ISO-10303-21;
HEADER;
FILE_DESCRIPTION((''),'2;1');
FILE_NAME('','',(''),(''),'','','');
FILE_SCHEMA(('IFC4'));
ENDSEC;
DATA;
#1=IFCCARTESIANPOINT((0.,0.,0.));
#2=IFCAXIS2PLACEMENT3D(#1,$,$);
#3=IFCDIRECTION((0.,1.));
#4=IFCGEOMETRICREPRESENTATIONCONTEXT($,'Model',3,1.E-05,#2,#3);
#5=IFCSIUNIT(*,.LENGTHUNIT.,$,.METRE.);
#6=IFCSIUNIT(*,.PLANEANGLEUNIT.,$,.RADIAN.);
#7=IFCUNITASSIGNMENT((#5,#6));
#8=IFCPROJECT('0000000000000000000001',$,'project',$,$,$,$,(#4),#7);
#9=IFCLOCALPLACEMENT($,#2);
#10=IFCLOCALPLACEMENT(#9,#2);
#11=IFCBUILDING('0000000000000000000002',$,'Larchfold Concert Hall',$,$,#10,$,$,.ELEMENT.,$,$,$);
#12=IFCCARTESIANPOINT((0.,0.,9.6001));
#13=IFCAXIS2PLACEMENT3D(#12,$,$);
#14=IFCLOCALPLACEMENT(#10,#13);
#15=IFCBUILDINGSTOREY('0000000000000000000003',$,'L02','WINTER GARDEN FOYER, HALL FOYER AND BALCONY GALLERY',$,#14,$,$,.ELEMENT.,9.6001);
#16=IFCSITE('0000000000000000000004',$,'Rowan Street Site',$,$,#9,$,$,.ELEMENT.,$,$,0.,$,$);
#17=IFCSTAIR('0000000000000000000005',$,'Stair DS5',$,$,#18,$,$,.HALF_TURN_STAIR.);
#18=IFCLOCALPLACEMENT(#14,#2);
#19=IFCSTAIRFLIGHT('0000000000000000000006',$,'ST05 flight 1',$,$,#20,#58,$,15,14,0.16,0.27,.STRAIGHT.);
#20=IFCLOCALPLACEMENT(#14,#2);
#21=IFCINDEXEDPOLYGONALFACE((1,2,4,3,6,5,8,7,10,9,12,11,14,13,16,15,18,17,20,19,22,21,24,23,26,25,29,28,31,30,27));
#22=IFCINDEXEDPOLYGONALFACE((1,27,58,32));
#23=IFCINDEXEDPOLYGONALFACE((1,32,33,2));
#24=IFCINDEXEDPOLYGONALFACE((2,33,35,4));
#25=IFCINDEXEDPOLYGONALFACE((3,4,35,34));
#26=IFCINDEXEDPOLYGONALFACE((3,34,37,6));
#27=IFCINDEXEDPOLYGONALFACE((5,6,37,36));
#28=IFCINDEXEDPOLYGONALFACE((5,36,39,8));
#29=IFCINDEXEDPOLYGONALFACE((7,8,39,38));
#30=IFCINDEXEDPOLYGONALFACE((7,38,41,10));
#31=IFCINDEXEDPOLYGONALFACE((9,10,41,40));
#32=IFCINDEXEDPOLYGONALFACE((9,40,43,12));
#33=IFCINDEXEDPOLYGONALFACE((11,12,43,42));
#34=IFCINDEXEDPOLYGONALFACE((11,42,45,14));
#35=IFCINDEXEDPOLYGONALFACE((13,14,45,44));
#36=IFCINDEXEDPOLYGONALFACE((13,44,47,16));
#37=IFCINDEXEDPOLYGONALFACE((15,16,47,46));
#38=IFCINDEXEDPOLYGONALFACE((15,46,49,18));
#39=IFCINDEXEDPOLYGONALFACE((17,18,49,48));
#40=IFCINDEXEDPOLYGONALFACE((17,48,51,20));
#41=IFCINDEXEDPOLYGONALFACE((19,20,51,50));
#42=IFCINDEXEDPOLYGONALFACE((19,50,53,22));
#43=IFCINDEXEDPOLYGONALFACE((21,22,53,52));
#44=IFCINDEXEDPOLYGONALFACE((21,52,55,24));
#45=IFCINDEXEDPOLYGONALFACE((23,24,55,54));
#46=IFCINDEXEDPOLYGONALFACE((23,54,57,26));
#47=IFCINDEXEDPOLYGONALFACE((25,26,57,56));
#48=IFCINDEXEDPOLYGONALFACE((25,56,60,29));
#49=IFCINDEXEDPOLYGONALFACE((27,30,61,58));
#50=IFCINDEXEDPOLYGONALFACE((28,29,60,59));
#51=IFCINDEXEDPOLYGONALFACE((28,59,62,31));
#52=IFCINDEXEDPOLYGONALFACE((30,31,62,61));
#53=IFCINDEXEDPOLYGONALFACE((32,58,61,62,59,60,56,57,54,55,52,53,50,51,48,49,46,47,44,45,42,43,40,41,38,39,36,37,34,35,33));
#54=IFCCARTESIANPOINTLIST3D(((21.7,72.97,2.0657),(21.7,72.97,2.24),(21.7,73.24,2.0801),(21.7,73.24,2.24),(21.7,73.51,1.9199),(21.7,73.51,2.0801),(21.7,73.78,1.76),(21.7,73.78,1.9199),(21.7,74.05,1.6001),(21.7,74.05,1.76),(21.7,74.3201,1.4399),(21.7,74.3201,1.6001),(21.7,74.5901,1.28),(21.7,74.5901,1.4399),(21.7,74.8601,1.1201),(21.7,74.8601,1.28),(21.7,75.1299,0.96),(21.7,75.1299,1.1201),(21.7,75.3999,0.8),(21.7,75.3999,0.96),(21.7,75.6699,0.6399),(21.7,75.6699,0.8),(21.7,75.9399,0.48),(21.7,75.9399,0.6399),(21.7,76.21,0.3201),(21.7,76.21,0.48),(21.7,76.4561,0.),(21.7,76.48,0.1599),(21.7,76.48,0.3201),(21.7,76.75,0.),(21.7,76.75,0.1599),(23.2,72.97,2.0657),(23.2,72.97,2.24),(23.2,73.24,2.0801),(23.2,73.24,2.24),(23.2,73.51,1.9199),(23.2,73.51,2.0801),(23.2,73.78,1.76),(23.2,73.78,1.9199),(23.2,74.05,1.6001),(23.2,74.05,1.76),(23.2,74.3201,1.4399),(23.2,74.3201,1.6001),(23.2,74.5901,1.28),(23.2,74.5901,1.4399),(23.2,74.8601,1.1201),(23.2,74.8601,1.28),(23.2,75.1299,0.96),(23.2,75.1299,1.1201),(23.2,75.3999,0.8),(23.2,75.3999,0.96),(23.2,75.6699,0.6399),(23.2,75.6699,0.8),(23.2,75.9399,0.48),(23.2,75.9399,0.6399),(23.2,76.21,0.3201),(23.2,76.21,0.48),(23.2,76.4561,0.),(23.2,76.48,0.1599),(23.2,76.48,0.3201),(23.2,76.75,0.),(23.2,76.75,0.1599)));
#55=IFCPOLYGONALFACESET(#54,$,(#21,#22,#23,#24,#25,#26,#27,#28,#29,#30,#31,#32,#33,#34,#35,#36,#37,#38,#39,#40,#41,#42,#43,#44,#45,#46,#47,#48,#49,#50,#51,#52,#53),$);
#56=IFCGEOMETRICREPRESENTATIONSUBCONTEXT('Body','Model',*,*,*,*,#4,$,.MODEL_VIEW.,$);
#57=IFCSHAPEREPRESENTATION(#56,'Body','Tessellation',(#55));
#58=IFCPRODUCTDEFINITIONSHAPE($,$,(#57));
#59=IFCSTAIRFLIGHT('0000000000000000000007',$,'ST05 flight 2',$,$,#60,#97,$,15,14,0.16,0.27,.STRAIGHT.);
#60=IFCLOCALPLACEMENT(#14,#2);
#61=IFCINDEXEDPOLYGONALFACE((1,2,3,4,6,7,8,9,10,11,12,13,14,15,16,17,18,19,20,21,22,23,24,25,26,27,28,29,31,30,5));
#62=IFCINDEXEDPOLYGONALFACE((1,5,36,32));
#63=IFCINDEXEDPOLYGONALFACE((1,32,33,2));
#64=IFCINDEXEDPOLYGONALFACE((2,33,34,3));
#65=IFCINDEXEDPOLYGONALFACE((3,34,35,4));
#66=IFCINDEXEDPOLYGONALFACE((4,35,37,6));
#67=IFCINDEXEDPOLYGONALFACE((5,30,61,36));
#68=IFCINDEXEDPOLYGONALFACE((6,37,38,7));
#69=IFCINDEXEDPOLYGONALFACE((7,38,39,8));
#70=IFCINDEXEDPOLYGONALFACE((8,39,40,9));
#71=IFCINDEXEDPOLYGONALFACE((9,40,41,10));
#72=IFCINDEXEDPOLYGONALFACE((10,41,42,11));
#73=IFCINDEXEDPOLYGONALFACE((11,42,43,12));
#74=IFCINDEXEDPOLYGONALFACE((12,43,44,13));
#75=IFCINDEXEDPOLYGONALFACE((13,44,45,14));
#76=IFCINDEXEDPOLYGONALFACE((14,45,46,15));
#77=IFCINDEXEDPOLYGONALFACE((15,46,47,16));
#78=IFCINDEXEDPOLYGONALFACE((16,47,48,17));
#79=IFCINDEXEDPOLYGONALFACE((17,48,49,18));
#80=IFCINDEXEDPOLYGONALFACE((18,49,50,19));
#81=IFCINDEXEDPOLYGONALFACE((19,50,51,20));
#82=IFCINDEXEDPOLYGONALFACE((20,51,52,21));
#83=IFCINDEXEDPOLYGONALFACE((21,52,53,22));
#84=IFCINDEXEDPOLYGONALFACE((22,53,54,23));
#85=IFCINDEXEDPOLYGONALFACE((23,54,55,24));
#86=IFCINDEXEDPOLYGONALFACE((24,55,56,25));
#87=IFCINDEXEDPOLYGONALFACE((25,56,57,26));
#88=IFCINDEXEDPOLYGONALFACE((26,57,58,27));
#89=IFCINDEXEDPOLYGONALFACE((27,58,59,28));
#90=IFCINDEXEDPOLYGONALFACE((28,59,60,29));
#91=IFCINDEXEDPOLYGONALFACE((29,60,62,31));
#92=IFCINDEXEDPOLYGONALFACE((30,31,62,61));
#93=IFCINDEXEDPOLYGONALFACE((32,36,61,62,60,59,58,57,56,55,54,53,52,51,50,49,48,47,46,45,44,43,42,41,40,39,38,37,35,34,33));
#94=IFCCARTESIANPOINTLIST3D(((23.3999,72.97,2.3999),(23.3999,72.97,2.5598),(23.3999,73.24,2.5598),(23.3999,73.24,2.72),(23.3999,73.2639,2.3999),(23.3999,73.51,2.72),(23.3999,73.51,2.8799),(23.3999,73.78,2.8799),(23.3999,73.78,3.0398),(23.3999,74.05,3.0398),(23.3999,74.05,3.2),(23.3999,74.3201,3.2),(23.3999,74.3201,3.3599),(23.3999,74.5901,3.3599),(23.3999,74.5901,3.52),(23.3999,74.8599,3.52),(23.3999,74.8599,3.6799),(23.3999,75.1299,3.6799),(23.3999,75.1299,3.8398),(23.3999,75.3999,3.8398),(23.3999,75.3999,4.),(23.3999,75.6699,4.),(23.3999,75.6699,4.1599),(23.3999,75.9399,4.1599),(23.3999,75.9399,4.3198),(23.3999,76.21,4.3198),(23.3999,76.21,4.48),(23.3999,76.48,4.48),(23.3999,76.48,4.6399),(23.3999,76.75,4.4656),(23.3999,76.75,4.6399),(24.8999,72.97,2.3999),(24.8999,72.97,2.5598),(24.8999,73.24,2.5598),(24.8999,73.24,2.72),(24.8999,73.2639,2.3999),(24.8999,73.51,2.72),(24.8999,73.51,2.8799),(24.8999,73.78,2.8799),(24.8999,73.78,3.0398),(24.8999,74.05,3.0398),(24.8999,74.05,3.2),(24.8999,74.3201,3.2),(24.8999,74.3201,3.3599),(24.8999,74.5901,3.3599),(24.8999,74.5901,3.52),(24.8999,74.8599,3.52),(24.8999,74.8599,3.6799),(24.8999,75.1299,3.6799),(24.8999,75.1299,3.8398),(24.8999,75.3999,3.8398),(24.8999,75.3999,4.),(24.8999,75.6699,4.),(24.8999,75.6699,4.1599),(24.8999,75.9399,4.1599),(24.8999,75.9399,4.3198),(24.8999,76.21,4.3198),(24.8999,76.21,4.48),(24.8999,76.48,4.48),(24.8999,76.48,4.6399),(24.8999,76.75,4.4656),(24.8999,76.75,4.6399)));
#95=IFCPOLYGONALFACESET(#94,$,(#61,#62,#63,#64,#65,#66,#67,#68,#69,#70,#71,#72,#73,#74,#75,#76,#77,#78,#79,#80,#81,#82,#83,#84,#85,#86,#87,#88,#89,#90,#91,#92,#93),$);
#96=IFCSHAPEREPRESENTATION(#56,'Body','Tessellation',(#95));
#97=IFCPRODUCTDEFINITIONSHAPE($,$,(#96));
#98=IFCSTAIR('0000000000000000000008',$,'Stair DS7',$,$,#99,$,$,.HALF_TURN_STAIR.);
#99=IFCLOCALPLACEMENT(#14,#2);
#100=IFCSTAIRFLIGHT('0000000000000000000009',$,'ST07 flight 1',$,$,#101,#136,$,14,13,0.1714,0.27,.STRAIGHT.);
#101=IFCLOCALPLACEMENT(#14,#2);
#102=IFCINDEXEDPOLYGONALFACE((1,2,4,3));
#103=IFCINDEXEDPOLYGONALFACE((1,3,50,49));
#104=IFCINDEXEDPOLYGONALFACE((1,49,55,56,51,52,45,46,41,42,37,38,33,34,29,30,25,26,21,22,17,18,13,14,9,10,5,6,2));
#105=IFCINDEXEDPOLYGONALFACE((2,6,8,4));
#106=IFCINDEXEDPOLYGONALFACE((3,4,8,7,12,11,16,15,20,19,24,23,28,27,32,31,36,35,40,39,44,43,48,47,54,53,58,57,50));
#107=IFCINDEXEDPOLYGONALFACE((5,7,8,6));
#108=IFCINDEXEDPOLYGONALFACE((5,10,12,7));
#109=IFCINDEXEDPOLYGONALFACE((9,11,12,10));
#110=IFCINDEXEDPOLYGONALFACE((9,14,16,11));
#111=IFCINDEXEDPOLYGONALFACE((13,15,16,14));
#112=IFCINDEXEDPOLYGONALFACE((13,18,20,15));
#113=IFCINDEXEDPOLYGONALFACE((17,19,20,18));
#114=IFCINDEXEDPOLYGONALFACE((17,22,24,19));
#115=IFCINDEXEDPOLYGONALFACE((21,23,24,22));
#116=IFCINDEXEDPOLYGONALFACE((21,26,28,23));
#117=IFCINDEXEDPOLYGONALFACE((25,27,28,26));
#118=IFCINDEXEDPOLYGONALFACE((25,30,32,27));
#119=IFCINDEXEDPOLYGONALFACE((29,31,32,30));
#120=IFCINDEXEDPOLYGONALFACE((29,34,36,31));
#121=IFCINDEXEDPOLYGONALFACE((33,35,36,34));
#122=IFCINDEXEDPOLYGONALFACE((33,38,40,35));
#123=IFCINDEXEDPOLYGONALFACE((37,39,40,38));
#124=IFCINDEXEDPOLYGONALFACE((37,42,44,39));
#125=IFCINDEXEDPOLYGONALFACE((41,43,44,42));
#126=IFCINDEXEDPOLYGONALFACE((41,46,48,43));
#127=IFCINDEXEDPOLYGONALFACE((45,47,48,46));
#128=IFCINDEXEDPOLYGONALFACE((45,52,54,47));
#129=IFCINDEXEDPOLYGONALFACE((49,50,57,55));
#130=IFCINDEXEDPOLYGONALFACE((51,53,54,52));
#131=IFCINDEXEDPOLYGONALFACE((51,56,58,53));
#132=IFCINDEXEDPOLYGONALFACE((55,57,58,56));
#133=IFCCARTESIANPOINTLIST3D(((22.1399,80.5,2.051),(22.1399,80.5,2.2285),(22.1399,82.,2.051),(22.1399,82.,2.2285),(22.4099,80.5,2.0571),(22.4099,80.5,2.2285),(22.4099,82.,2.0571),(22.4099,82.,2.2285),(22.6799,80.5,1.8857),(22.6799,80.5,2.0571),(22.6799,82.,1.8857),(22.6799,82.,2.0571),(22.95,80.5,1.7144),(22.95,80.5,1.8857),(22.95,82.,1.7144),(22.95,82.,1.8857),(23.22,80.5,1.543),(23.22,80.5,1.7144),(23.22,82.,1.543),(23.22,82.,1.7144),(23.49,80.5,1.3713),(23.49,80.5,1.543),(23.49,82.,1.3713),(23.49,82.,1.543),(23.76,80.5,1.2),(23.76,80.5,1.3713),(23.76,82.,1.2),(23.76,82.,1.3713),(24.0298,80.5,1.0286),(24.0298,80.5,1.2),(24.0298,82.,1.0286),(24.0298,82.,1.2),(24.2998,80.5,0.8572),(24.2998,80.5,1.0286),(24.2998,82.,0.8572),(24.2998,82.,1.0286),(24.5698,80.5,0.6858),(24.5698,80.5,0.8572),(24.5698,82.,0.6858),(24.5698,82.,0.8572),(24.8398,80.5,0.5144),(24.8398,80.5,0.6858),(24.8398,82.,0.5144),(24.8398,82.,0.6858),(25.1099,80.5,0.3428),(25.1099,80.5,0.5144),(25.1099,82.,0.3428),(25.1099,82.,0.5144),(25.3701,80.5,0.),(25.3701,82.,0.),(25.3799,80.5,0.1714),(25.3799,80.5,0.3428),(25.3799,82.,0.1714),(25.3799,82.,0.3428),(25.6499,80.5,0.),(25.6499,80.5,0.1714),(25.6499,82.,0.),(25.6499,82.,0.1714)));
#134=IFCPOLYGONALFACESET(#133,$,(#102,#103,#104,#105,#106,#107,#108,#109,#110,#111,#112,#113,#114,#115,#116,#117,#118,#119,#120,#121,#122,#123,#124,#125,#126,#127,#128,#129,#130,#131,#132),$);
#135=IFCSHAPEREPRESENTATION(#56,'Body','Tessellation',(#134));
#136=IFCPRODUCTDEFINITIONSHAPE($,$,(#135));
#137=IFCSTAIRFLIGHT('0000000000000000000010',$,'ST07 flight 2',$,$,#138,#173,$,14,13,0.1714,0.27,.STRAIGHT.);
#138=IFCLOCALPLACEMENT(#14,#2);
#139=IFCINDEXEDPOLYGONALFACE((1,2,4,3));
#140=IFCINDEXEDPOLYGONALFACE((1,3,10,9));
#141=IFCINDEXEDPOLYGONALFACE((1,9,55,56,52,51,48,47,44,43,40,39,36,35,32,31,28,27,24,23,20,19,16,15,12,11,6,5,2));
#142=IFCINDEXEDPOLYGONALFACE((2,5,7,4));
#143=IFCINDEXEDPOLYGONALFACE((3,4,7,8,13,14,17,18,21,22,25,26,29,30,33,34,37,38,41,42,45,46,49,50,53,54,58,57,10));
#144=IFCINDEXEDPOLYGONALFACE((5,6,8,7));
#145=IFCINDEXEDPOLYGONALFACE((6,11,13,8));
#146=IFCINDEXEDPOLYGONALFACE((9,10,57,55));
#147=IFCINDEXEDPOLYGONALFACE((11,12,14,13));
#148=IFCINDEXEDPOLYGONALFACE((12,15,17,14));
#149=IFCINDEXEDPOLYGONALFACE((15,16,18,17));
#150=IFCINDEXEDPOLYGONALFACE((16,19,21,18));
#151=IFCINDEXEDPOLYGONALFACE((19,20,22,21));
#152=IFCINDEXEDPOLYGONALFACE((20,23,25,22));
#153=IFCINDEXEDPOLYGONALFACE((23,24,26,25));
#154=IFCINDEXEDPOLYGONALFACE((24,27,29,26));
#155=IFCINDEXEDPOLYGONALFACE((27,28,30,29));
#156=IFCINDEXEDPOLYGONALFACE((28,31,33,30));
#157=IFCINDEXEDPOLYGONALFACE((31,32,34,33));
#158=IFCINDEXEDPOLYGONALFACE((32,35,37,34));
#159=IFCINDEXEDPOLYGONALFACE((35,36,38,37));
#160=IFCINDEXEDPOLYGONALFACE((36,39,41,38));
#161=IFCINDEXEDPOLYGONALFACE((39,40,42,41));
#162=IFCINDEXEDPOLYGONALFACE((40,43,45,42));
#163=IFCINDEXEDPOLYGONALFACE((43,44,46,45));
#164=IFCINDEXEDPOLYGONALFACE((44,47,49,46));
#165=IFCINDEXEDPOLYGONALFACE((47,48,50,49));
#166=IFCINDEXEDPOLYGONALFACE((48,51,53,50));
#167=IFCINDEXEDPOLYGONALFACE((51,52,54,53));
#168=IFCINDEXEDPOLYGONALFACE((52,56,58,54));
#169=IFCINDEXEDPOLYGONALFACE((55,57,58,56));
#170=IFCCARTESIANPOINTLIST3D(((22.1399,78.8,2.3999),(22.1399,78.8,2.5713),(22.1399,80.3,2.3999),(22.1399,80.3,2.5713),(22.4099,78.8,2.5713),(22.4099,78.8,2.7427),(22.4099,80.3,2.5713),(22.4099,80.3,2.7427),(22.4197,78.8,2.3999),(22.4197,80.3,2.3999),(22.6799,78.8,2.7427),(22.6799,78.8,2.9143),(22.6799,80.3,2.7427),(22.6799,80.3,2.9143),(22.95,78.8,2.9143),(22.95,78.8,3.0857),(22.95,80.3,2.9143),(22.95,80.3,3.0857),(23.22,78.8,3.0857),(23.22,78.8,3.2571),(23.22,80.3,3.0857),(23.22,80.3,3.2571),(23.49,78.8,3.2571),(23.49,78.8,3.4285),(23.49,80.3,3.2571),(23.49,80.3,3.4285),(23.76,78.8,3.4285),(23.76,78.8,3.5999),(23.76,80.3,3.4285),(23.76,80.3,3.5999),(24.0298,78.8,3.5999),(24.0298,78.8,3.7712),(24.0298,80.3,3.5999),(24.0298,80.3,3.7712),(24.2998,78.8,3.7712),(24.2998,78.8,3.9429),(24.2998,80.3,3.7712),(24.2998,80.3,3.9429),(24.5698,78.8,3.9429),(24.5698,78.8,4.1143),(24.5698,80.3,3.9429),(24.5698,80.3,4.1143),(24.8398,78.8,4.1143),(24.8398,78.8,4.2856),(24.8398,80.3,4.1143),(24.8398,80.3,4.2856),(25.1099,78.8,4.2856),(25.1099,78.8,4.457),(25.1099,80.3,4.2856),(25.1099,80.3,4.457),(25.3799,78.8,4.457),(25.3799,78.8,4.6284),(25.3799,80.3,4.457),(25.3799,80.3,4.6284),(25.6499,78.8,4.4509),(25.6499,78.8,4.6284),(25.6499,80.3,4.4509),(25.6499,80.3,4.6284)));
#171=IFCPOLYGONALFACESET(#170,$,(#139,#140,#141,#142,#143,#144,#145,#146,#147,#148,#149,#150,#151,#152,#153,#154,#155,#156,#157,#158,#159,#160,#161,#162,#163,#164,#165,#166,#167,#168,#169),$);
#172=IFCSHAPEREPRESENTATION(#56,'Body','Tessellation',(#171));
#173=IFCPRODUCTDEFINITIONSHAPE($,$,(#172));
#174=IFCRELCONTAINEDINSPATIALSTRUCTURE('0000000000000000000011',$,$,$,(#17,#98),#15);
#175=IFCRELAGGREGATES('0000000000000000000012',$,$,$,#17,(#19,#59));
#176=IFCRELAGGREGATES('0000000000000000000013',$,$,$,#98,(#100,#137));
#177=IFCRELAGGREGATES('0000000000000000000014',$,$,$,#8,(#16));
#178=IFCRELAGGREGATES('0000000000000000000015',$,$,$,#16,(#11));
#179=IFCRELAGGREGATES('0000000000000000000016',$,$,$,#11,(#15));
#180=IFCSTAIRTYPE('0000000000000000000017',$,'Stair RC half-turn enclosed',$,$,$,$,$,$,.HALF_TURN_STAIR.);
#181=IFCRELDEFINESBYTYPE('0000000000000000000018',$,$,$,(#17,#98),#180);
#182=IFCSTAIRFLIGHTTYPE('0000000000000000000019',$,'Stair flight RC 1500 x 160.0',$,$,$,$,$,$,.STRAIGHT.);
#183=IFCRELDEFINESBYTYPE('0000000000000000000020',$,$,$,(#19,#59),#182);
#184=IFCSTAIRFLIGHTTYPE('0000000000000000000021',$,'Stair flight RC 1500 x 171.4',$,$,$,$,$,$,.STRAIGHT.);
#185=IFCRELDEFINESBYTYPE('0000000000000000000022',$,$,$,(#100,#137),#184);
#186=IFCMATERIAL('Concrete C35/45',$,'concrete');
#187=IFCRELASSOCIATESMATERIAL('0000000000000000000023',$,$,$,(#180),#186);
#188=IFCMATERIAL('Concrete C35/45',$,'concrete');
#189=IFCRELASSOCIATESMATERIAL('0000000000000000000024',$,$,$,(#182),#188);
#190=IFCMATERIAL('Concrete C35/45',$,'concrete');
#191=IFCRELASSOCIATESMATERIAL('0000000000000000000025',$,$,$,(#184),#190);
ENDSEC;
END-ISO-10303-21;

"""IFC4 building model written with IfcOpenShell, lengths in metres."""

from ifc_helpers import new_model, si_unit, direction, frame, origin, place, context, subcontext, project, spatial, polyline, outline, extrude, material, type_object, element, aggregate, save


model = new_model("IFC4")

# Units and contexts
model_context = context("Model", 3, precision=1e-05, world=origin(), true_north=direction((0.0, 1.0)))
body_context = subcontext(model_context, "Body", "Model", "MODEL_VIEW")
ifc_project = project(units=[si_unit("LENGTHUNIT", "METRE"), si_unit("PLANEANGLEUNIT", "RADIAN")], contexts=[model_context])

# Site, building, storey
site_placement = place(None, origin())
site = spatial("IfcSite", under=ifc_project, at=site_placement, Name="Rowan Street Site", CompositionType="ELEMENT", RefElevation=0.0)
building_placement = place(site_placement, origin())
building = spatial("IfcBuilding", under=site, at=building_placement, Name="Larchfold Concert Hall", CompositionType="ELEMENT")
storey_placement = place(building_placement, frame((0.0, 0.0, 9.6001)))
storey = spatial("IfcBuildingStorey", under=building, at=storey_placement, Name="L02", Description="WINTER GARDEN FOYER, HALL FOYER AND BALCONY GALLERY", CompositionType="ELEMENT", Elevation=9.6001)

# Stairs, stair flights
ifc_material_1 = material(Name="Concrete C35/45", Category="concrete")
stair_type = type_object("IfcStairType", Name="Stair RC half-turn enclosed", PredefinedType="HALF_TURN_STAIR", material=ifc_material_1)
stair_1_placement = place(storey_placement, origin())
stair_1 = element("IfcStair", 1, at=stair_1_placement, inside=storey, type_object=stair_type, Name="Stair DS5", PredefinedType="HALF_TURN_STAIR")
ifc_material_2 = material(Name="Concrete C35/45", Category="concrete")
stair_flight_type_1 = type_object("IfcStairFlightType", Name="Stair flight RC 1500 x 160.0", PredefinedType="STRAIGHT", material=ifc_material_2)
stair_flight_1_placement = place(storey_placement, frame((22.45, 76.75, 0.0), z_axis=(0.0, 0.0, 1.0), x_axis=(0.0, -1.0, 0.0)))
stair_flight_1 = element("IfcStairFlight", 2, at=stair_flight_1_placement, type_object=stair_flight_type_1, Name="ST05 flight 1", NumberOfRisers=15, NumberOfTreads=14, PredefinedType="STRAIGHT", RiserHeight=0.16, TreadLength=0.27, context=body_context, shape_type="SweptSolid", body=[
    extrude(outline(polyline([(0.0, 0.0), (0.0, 0.1599), (0.27, 0.1599), (0.27, 0.3201), (0.54, 0.3201), (0.54, 0.48), (0.8101, 0.48), (0.8101, 0.6399), (1.0801, 0.6399), (1.0801, 0.8), (1.3501, 0.8), (1.3501, 0.96), (1.6201, 0.96), (1.6201, 1.1201), (1.8899, 1.1201), (1.8899, 1.28), (2.1599, 1.28), (2.1599, 1.4399), (2.4299, 1.4399), (2.4299, 1.6001), (2.7, 1.6001), (2.7, 1.76), (2.97, 1.76), (2.97, 1.9199), (3.24, 1.9199), (3.24, 2.0801), (3.51, 2.0801), (3.51, 2.24), (3.78, 2.24), (3.78, 2.3999), (3.78, 2.0657), (0.2939, 0.0), (0.0, 0.0)])), frame((0.0, 0.75, 0.0), z_axis=(0.0, -1.0, 0.0), x_axis=(1.0, 0.0, 0.0)), (0.0, 0.0, 1.0), 1.5),
])
stair_flight_2_placement = place(storey_placement, frame((24.1499, 72.97, 2.3999), z_axis=(0.0, 0.0, 1.0), x_axis=(0.0, 1.0, 0.0)))
stair_flight_2 = element("IfcStairFlight", 3, at=stair_flight_2_placement, type_object=stair_flight_type_1, Name="ST05 flight 2", NumberOfRisers=15, NumberOfTreads=14, PredefinedType="STRAIGHT", RiserHeight=0.16, TreadLength=0.27, context=body_context, shape_type="SweptSolid", body=[
    extrude(outline(polyline([(0.0, 0.0), (0.0, 0.1599), (0.27, 0.1599), (0.27, 0.3201), (0.54, 0.3201), (0.54, 0.48), (0.8101, 0.48), (0.8101, 0.6399), (1.0801, 0.6399), (1.0801, 0.8), (1.3501, 0.8), (1.3501, 0.96), (1.6201, 0.96), (1.6201, 1.1201), (1.8899, 1.1201), (1.8899, 1.28), (2.1599, 1.28), (2.1599, 1.4399), (2.4299, 1.4399), (2.4299, 1.6001), (2.7, 1.6001), (2.7, 1.76), (2.97, 1.76), (2.97, 1.9199), (3.24, 1.9199), (3.24, 2.0801), (3.51, 2.0801), (3.51, 2.24), (3.78, 2.24), (3.78, 2.3999), (3.78, 2.0657), (0.2939, 0.0), (0.0, 0.0)])), frame((0.0, 0.75, 0.0), z_axis=(0.0, -1.0, 0.0), x_axis=(1.0, 0.0, 0.0)), (0.0, 0.0, 1.0), 1.5),
])
aggregate(stair_1, [stair_flight_1, stair_flight_2])
stair_2_placement = place(storey_placement, origin())
stair_2 = element("IfcStair", 4, at=stair_2_placement, inside=storey, type_object=stair_type, Name="Stair DS7", PredefinedType="HALF_TURN_STAIR")
ifc_material_3 = material(Name="Concrete C35/45", Category="concrete")
stair_flight_type_2 = type_object("IfcStairFlightType", Name="Stair flight RC 1500 x 171.4", PredefinedType="STRAIGHT", material=ifc_material_3)
stair_flight_3_placement = place(storey_placement, frame((25.6499, 81.25, 0.0), z_axis=(0.0, 0.0, 1.0), x_axis=(-1.0, 0.0, 0.0)))
stair_flight_3 = element("IfcStairFlight", 5, at=stair_flight_3_placement, type_object=stair_flight_type_2, Name="ST07 flight 1", NumberOfRisers=14, NumberOfTreads=13, PredefinedType="STRAIGHT", RiserHeight=0.1714, TreadLength=0.27, context=body_context, shape_type="SweptSolid", body=[
    extrude(outline(polyline([(0.0, 0.0), (0.0, 0.1714), (0.27, 0.1714), (0.27, 0.3428), (0.54, 0.3428), (0.54, 0.5144), (0.8101, 0.5144), (0.8101, 0.6858), (1.0801, 0.6858), (1.0801, 0.8572), (1.3501, 0.8572), (1.3501, 1.0286), (1.6201, 1.0286), (1.6201, 1.2), (1.8899, 1.2), (1.8899, 1.3713), (2.1599, 1.3713), (2.1599, 1.543), (2.4299, 1.543), (2.4299, 1.7144), (2.7, 1.7144), (2.7, 1.8857), (2.97, 1.8857), (2.97, 2.0571), (3.24, 2.0571), (3.24, 2.2285), (3.51, 2.2285), (3.51, 2.3999), (3.51, 2.051), (0.2798, 0.0), (0.0, 0.0)])), frame((0.0, 0.75, 0.0), z_axis=(0.0, -1.0, 0.0), x_axis=(1.0, 0.0, 0.0)), (0.0, 0.0, 1.0), 1.5),
])
stair_flight_4_placement = place(storey_placement, frame((22.1399, 79.55, 2.3999), z_axis=(0.0, 0.0, 1.0), x_axis=(1.0, 0.0, 0.0)))
stair_flight_4 = element("IfcStairFlight", 6, at=stair_flight_4_placement, type_object=stair_flight_type_2, Name="ST07 flight 2", NumberOfRisers=14, NumberOfTreads=13, PredefinedType="STRAIGHT", RiserHeight=0.1714, TreadLength=0.27, context=body_context, shape_type="SweptSolid", body=[
    extrude(outline(polyline([(0.0, 0.0), (0.0, 0.1714), (0.27, 0.1714), (0.27, 0.3428), (0.54, 0.3428), (0.54, 0.5144), (0.8101, 0.5144), (0.8101, 0.6858), (1.0801, 0.6858), (1.0801, 0.8572), (1.3501, 0.8572), (1.3501, 1.0286), (1.6201, 1.0286), (1.6201, 1.2), (1.8899, 1.2), (1.8899, 1.3713), (2.1599, 1.3713), (2.1599, 1.543), (2.4299, 1.543), (2.4299, 1.7144), (2.7, 1.7144), (2.7, 1.8857), (2.97, 1.8857), (2.97, 2.0571), (3.24, 2.0571), (3.24, 2.2285), (3.51, 2.2285), (3.51, 2.3999), (3.51, 2.051), (0.2798, 0.0), (0.0, 0.0)])), frame((0.0, 0.75, 0.0), z_axis=(0.0, -1.0, 0.0), x_axis=(1.0, 0.0, 0.0)), (0.0, 0.0, 1.0), 1.5),
])
aggregate(stair_2, [stair_flight_3, stair_flight_4])

save(model, "model.ifc")
